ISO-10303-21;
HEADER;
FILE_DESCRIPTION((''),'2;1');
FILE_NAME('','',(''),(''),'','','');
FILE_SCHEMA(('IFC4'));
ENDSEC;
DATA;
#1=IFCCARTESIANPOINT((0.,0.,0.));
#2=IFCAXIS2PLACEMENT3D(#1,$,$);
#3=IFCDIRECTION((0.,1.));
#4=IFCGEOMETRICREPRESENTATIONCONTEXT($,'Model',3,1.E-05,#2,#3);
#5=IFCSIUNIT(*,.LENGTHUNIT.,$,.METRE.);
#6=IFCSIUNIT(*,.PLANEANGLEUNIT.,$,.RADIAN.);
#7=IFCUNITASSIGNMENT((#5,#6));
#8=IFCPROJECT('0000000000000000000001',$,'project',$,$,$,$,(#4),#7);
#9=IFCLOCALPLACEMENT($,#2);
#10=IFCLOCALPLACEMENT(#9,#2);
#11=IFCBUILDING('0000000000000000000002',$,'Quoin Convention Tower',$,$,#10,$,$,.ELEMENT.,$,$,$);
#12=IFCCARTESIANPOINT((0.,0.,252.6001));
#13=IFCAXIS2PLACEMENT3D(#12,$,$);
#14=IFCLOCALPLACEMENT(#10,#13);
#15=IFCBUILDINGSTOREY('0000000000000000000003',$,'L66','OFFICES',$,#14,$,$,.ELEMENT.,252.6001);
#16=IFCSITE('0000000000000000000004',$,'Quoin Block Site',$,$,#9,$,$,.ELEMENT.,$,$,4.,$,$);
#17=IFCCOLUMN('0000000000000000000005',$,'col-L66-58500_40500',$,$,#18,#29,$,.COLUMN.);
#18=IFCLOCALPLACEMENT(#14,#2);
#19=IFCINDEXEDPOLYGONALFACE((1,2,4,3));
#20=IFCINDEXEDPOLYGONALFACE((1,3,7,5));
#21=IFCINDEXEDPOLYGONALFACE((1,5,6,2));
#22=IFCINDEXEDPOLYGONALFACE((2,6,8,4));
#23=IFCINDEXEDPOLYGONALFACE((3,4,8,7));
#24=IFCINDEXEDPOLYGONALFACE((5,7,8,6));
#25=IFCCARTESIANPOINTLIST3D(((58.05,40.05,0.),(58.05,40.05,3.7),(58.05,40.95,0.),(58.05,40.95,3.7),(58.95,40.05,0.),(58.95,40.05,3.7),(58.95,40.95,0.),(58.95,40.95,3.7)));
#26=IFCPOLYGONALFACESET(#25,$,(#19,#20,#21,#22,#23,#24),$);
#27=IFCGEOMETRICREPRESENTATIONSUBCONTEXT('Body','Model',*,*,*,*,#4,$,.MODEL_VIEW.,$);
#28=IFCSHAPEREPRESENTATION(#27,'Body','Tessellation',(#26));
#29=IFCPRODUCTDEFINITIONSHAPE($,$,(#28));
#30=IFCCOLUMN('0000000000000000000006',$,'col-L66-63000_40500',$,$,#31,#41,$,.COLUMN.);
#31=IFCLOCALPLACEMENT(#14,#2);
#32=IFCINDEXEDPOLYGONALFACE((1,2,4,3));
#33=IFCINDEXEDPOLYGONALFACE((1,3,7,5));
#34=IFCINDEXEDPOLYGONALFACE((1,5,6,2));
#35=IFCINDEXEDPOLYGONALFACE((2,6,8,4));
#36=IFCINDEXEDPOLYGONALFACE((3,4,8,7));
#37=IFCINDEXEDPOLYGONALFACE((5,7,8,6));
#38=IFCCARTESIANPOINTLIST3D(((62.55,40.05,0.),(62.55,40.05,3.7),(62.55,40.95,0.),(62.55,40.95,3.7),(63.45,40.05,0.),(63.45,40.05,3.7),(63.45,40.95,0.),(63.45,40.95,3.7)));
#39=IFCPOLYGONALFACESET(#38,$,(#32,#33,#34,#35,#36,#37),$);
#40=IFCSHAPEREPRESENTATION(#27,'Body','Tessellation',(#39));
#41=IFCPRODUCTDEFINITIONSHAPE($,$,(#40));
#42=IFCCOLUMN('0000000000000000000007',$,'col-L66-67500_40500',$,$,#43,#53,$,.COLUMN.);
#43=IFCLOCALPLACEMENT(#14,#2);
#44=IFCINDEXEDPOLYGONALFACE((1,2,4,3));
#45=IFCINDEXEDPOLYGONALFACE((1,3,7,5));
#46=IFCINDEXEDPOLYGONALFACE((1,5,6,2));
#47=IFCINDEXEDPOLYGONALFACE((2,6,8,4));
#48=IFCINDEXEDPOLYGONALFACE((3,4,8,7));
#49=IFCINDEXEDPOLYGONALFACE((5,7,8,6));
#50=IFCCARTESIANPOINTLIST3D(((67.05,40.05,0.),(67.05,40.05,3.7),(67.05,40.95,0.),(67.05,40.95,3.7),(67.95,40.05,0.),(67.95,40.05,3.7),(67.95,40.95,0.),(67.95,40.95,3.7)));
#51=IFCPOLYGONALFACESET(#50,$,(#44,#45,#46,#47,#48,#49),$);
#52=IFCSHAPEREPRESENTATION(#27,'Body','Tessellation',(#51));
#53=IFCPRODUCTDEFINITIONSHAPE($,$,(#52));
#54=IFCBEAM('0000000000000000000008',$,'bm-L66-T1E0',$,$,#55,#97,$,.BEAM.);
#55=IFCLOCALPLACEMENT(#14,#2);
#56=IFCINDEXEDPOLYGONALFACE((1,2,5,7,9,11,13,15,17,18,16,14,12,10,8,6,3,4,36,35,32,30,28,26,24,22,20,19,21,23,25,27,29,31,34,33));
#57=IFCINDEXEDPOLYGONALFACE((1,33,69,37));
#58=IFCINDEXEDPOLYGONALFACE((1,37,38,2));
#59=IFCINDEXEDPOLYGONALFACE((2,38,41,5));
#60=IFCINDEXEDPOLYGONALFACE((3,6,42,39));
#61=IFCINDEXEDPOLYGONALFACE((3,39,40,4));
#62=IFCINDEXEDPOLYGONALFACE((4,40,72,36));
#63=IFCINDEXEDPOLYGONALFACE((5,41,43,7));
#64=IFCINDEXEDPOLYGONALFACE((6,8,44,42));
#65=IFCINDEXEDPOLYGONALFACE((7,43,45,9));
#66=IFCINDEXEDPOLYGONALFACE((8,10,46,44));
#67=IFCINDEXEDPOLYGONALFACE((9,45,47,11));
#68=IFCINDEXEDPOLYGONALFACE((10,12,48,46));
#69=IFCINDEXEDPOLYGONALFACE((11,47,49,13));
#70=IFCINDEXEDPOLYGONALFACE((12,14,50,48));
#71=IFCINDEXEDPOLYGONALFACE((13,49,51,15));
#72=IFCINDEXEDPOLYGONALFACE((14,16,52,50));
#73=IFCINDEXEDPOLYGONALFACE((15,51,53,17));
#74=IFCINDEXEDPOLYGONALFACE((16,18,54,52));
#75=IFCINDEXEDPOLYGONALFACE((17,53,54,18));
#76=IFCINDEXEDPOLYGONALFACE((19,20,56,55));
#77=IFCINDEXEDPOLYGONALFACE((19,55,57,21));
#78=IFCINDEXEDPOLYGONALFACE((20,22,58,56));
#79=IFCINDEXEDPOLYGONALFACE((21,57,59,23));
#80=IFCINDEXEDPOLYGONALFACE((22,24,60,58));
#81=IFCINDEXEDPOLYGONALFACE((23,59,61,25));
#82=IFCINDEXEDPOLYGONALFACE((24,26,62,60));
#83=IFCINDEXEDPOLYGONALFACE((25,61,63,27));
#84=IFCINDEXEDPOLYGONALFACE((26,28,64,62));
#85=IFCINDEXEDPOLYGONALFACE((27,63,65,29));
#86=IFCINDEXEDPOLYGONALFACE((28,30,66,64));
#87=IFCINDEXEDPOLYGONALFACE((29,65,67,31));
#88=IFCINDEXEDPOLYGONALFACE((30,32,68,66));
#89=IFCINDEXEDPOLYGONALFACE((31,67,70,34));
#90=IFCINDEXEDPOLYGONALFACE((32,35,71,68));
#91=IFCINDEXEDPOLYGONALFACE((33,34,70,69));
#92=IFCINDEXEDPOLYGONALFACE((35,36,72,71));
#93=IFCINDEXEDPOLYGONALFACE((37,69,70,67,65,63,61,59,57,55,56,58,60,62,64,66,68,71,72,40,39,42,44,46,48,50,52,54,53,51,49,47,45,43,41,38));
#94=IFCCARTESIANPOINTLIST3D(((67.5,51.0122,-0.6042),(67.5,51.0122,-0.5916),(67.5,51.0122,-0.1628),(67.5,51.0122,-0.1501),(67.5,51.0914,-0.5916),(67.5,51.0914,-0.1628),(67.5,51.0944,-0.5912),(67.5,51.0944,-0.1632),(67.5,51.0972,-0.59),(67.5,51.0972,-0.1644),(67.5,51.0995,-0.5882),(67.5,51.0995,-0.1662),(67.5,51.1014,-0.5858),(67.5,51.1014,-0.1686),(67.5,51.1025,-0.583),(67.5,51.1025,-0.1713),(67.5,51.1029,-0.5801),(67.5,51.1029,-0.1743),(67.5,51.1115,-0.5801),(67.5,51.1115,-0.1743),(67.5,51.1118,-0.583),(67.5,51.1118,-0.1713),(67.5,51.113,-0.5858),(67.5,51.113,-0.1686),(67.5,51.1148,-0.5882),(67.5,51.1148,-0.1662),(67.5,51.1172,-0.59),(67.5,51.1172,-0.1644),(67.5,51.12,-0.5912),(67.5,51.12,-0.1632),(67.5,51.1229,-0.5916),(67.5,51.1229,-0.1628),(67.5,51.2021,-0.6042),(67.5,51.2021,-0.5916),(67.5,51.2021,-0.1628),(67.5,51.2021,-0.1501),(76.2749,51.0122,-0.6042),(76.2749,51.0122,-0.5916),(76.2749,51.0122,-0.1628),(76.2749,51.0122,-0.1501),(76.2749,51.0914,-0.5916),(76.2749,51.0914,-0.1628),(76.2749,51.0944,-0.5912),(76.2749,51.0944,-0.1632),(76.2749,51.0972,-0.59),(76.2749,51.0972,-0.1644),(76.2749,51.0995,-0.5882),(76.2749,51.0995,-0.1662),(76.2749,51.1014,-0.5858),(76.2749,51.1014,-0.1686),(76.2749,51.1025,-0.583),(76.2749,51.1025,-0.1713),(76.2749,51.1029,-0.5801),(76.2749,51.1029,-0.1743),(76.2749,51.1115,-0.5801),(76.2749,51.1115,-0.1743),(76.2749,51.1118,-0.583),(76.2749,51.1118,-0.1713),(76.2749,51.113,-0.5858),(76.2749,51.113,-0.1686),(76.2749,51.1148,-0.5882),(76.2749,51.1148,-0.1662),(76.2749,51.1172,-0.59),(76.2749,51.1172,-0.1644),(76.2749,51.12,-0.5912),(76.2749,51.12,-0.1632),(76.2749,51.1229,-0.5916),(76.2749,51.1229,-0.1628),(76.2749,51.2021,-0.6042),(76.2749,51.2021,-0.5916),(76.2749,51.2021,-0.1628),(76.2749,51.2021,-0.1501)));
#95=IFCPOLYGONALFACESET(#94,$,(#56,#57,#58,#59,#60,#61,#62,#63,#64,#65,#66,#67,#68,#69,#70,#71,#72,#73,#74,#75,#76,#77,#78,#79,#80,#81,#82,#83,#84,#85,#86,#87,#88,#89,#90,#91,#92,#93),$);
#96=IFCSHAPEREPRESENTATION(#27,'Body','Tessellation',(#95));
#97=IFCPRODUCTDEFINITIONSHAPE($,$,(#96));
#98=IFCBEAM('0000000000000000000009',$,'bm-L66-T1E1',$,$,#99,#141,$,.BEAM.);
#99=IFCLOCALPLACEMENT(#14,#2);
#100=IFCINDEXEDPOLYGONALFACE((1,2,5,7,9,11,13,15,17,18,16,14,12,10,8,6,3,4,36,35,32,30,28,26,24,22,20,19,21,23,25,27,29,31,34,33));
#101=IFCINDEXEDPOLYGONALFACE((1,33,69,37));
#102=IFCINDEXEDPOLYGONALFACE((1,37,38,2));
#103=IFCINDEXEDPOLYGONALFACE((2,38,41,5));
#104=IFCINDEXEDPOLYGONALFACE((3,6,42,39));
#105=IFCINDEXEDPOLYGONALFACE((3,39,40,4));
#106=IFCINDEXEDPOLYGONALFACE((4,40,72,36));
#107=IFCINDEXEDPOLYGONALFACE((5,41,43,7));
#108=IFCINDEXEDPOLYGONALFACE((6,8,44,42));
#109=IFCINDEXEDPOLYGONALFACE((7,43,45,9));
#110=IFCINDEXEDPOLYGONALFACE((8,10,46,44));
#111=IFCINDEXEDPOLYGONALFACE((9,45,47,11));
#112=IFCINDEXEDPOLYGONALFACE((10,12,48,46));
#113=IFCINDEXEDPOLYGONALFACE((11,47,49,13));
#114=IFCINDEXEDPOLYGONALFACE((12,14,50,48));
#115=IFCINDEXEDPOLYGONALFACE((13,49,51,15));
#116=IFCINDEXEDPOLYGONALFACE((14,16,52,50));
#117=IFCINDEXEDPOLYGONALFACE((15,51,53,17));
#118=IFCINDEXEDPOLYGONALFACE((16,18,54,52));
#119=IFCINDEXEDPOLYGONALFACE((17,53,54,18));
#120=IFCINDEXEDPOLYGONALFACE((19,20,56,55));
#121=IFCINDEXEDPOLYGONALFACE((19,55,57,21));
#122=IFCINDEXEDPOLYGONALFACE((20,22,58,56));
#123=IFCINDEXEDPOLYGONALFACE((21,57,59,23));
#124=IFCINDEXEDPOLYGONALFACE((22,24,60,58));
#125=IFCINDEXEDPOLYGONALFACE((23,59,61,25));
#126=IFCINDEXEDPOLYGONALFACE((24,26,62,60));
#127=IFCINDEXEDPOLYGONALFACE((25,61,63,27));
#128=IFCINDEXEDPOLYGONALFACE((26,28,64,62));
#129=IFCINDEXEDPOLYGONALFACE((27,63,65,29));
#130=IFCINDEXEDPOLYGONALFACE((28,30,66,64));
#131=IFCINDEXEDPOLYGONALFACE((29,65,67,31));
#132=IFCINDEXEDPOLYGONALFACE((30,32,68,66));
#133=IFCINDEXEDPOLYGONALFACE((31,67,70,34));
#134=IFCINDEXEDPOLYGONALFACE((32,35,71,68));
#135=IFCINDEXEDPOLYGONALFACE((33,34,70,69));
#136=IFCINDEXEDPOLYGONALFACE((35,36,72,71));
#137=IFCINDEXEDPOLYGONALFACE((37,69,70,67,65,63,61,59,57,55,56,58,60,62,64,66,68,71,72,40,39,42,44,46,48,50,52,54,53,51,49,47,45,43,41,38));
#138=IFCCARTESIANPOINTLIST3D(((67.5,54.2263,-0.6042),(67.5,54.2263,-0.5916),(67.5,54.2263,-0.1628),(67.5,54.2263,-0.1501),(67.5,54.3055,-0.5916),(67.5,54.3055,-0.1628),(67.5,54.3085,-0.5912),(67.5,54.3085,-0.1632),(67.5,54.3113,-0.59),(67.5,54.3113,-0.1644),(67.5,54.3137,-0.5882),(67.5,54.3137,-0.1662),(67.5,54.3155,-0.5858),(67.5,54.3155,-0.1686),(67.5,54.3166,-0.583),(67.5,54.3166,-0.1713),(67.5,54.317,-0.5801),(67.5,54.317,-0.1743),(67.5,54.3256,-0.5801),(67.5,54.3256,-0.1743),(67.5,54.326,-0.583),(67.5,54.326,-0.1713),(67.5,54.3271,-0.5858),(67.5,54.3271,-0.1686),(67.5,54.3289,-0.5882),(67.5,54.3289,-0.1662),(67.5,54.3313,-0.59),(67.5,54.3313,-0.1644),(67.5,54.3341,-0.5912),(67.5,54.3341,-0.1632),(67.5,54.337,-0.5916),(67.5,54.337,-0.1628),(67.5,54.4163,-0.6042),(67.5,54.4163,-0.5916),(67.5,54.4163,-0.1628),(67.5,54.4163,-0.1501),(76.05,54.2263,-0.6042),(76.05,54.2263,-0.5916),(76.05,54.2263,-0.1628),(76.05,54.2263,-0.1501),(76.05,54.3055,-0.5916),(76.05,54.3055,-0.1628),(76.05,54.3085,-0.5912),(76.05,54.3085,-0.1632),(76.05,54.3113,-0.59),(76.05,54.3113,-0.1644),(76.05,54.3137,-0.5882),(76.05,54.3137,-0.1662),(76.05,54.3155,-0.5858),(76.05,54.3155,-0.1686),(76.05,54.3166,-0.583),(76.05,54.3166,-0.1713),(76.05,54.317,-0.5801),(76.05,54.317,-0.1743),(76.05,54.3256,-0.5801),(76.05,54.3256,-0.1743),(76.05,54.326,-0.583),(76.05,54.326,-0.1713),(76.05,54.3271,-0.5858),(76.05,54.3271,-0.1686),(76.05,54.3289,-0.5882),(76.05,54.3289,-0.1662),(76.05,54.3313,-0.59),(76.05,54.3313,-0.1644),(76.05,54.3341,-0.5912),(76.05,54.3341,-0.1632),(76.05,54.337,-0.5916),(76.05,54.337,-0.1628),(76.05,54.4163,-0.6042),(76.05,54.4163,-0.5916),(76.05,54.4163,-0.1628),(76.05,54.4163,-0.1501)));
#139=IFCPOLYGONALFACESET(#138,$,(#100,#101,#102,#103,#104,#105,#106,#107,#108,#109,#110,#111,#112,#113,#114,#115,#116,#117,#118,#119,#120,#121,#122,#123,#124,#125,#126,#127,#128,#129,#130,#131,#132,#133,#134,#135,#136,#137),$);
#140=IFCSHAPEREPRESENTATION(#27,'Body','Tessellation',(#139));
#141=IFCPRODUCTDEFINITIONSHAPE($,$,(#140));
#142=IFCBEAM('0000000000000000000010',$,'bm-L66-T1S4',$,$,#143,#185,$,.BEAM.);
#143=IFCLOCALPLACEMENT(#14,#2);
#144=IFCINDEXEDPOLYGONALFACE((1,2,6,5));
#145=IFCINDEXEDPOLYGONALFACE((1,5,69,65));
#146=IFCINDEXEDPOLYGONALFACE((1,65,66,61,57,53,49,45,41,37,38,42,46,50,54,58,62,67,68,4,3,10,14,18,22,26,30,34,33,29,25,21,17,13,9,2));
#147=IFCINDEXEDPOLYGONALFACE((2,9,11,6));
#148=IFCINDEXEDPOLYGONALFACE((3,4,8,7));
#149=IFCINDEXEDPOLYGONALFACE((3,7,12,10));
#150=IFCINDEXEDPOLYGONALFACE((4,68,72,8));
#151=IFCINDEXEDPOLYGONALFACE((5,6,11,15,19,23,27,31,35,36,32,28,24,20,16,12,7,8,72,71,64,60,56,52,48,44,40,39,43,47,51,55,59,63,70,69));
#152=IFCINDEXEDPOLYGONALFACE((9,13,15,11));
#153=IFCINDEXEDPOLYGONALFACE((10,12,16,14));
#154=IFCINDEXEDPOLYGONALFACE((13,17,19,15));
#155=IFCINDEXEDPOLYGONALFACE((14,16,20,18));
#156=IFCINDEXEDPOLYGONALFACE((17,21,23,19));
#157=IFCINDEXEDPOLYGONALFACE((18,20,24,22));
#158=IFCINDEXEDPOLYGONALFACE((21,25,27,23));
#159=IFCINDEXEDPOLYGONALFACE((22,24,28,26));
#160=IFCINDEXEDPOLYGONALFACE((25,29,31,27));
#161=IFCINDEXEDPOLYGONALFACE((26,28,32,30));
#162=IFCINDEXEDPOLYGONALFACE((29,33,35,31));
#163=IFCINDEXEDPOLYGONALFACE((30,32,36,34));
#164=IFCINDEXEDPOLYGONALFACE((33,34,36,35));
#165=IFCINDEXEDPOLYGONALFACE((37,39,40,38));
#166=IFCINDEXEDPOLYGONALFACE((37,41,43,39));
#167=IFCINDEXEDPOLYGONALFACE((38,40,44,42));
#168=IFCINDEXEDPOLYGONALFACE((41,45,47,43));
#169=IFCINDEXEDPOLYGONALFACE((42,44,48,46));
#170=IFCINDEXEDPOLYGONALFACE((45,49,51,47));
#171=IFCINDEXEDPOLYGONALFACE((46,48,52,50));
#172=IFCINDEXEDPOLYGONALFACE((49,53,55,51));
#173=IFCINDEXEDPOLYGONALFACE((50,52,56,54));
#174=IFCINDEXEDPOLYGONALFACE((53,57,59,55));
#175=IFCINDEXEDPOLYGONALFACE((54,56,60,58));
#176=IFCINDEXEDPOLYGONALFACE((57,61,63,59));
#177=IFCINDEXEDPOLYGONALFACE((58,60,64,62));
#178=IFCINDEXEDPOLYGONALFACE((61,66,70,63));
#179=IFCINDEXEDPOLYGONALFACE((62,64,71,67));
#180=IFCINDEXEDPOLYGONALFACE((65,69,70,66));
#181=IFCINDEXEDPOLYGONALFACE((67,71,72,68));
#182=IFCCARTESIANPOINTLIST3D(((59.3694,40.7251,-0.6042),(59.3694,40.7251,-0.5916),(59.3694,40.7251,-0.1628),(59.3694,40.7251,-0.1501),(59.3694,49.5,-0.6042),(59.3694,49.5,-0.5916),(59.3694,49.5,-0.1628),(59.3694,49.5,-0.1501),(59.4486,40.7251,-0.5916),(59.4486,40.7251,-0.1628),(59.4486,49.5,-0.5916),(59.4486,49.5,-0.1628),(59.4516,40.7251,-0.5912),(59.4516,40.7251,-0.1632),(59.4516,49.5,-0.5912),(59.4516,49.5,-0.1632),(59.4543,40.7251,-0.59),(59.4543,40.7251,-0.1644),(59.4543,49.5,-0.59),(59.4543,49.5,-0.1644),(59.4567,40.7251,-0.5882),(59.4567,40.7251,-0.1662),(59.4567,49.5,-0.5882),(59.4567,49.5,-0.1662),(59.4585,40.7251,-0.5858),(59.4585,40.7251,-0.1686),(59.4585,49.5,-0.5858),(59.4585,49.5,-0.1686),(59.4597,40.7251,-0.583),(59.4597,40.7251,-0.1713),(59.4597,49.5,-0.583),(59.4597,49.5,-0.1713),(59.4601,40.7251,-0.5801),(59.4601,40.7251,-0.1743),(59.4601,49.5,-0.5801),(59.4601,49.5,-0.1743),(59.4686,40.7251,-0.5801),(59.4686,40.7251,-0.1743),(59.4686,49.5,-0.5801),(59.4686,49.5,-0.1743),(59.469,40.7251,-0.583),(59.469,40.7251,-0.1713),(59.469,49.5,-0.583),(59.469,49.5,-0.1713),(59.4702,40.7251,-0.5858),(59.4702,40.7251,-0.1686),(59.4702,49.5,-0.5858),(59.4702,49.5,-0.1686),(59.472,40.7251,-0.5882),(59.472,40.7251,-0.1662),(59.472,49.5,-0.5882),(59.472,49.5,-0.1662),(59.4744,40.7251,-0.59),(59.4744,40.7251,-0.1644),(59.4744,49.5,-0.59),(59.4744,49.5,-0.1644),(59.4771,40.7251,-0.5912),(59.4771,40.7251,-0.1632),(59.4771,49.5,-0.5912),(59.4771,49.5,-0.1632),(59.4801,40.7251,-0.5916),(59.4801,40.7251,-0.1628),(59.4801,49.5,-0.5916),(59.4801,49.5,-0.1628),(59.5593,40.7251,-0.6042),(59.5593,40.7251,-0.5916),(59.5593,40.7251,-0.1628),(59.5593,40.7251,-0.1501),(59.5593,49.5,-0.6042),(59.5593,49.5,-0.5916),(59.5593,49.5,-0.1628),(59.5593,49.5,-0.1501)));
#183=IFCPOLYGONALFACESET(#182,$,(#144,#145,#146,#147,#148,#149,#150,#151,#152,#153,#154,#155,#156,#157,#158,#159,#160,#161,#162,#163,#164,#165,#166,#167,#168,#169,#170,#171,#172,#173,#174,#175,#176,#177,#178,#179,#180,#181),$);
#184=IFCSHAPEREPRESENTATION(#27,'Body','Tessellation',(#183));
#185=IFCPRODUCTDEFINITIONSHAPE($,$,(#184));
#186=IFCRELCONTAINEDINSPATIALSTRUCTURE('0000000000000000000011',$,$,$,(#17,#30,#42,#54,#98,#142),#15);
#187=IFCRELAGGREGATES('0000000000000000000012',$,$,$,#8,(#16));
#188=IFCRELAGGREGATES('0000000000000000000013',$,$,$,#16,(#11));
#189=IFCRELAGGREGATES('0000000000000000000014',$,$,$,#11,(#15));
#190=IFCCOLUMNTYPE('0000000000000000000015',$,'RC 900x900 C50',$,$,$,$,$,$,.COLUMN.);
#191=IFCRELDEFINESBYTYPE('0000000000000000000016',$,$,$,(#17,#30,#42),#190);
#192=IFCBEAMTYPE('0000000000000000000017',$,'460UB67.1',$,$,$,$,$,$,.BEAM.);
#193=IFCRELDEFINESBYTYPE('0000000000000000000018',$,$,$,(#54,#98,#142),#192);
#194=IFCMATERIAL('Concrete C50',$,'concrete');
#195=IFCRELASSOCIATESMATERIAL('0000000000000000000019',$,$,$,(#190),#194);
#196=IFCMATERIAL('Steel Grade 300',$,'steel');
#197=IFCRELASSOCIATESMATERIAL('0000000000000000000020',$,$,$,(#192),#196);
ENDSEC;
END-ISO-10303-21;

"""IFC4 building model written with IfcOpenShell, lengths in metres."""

from ifc_helpers import new_model, si_unit, direction, frame, origin, origin_2d, place, context, subcontext, project, spatial, rectangle, i_section, extrude, material, material_profile, profile_set, type_object, element, save


model = new_model("IFC4")

# Units and contexts
model_context = context("Model", 3, precision=1e-05, world=origin(), true_north=direction((0.0, 1.0)))
body_context = subcontext(model_context, "Body", "Model", "MODEL_VIEW")
ifc_project = project(units=[si_unit("LENGTHUNIT", "METRE"), si_unit("PLANEANGLEUNIT", "RADIAN")], contexts=[model_context])

# Site, building, storey
site_placement = place(None, origin())
site = spatial("IfcSite", under=ifc_project, at=site_placement, Name="Quoin Block Site", CompositionType="ELEMENT", RefElevation=4.0)
building_placement = place(site_placement, origin())
building = spatial("IfcBuilding", under=site, at=building_placement, Name="Quoin Convention Tower", CompositionType="ELEMENT")
storey_placement = place(building_placement, frame((0.0, 0.0, 252.6001)))
storey = spatial("IfcBuildingStorey", under=building, at=storey_placement, Name="L66", Description="OFFICES", CompositionType="ELEMENT", Elevation=252.6001)

# Columns
ifc_material_1 = material(Name="Concrete C50", Category="concrete")
ifc_material_profile_1 = material_profile(ifc_material_1, rectangle(XDim=0.8999, YDim=0.8999, at=origin_2d()), Name="RC 900x900")
ifc_profile_set_1 = profile_set([ifc_material_profile_1], Name="Concrete C50")
column_type = type_object("IfcColumnType", Name="RC 900x900 C50", PredefinedType="COLUMN", material=ifc_profile_set_1)
for number, where, z_axis, x_axis, name in (
    (1, (58.5, 40.5, 0.0), (0.0, 0.0, 1.0), (1.0, 0.0, 0.0), "col-L66-58500_40500"),
    (2, (63.0, 40.5, 0.0), (0.0, 0.0, 1.0), (1.0, 0.0, 0.0), "col-L66-63000_40500"),
    (3, (67.5, 40.5, 0.0), (0.0, 0.0, 1.0), (1.0, 0.0, 0.0), "col-L66-67500_40500"),
):
    element("IfcColumn", number, at=place(storey_placement, frame(where, z_axis=z_axis, x_axis=x_axis)), inside=storey, type_object=column_type, Name=name, PredefinedType="COLUMN", context=body_context, shape_type="SweptSolid", body=[
        extrude(rectangle(XDim=0.8999, YDim=0.8999, at=origin_2d()), origin(), (0.0, 0.0, 1.0), 3.7),
    ])

# Beams
ifc_material_2 = material(Name="Steel Grade 300", Category="steel")
ifc_material_profile_2 = material_profile(ifc_material_2, i_section(OverallWidth=0.1899, OverallDepth=0.4541, WebThickness=0.0085, FlangeThickness=0.0127, FilletRadius=0.0115, at=origin_2d()), Name="460UB67.1")
ifc_profile_set_2 = profile_set([ifc_material_profile_2], Name="Steel Grade 300")
beam_type_1 = type_object("IfcBeamType", Name="460UB67.1", PredefinedType="BEAM", material=ifc_profile_set_2)
beam_1_placement = place(storey_placement, frame((67.5, 51.1072, -0.3772), z_axis=(1.0, 0.0, 0.0), x_axis=(0.0, 1.0, 0.0)))
element("IfcBeam", 4, at=beam_1_placement, inside=storey, type_object=beam_type_1, Name="bm-L66-T1E0", PredefinedType="BEAM", context=body_context, shape_type="SweptSolid", body=[
    extrude(i_section(OverallWidth=0.1899, OverallDepth=0.4541, WebThickness=0.0085, FlangeThickness=0.0127, FilletRadius=0.0115, at=origin_2d()), origin(), (0.0, 0.0, 1.0), 8.7749),
])
beam_2_placement = place(storey_placement, frame((67.5, 54.3213, -0.3772), z_axis=(1.0, 0.0, 0.0), x_axis=(0.0, 1.0, 0.0)))
element("IfcBeam", 5, at=beam_2_placement, inside=storey, type_object=beam_type_1, Name="bm-L66-T1E1", PredefinedType="BEAM", context=body_context, shape_type="SweptSolid", body=[
    extrude(i_section(OverallWidth=0.1899, OverallDepth=0.4541, WebThickness=0.0085, FlangeThickness=0.0127, FilletRadius=0.0115, at=origin_2d()), origin(), (0.0, 0.0, 1.0), 8.55),
])
beam_3_placement = place(storey_placement, frame((59.4644, 40.7251, -0.3772), z_axis=(0.0, 1.0, 0.0), x_axis=(-1.0, 0.0, 0.0)))
element("IfcBeam", 6, at=beam_3_placement, inside=storey, type_object=beam_type_1, Name="bm-L66-T1S4", PredefinedType="BEAM", context=body_context, shape_type="SweptSolid", body=[
    extrude(i_section(OverallWidth=0.1899, OverallDepth=0.4541, WebThickness=0.0085, FlangeThickness=0.0127, FilletRadius=0.0115, at=origin_2d()), origin(), (0.0, 0.0, 1.0), 8.7749),
])

save(model, "model.ifc")
